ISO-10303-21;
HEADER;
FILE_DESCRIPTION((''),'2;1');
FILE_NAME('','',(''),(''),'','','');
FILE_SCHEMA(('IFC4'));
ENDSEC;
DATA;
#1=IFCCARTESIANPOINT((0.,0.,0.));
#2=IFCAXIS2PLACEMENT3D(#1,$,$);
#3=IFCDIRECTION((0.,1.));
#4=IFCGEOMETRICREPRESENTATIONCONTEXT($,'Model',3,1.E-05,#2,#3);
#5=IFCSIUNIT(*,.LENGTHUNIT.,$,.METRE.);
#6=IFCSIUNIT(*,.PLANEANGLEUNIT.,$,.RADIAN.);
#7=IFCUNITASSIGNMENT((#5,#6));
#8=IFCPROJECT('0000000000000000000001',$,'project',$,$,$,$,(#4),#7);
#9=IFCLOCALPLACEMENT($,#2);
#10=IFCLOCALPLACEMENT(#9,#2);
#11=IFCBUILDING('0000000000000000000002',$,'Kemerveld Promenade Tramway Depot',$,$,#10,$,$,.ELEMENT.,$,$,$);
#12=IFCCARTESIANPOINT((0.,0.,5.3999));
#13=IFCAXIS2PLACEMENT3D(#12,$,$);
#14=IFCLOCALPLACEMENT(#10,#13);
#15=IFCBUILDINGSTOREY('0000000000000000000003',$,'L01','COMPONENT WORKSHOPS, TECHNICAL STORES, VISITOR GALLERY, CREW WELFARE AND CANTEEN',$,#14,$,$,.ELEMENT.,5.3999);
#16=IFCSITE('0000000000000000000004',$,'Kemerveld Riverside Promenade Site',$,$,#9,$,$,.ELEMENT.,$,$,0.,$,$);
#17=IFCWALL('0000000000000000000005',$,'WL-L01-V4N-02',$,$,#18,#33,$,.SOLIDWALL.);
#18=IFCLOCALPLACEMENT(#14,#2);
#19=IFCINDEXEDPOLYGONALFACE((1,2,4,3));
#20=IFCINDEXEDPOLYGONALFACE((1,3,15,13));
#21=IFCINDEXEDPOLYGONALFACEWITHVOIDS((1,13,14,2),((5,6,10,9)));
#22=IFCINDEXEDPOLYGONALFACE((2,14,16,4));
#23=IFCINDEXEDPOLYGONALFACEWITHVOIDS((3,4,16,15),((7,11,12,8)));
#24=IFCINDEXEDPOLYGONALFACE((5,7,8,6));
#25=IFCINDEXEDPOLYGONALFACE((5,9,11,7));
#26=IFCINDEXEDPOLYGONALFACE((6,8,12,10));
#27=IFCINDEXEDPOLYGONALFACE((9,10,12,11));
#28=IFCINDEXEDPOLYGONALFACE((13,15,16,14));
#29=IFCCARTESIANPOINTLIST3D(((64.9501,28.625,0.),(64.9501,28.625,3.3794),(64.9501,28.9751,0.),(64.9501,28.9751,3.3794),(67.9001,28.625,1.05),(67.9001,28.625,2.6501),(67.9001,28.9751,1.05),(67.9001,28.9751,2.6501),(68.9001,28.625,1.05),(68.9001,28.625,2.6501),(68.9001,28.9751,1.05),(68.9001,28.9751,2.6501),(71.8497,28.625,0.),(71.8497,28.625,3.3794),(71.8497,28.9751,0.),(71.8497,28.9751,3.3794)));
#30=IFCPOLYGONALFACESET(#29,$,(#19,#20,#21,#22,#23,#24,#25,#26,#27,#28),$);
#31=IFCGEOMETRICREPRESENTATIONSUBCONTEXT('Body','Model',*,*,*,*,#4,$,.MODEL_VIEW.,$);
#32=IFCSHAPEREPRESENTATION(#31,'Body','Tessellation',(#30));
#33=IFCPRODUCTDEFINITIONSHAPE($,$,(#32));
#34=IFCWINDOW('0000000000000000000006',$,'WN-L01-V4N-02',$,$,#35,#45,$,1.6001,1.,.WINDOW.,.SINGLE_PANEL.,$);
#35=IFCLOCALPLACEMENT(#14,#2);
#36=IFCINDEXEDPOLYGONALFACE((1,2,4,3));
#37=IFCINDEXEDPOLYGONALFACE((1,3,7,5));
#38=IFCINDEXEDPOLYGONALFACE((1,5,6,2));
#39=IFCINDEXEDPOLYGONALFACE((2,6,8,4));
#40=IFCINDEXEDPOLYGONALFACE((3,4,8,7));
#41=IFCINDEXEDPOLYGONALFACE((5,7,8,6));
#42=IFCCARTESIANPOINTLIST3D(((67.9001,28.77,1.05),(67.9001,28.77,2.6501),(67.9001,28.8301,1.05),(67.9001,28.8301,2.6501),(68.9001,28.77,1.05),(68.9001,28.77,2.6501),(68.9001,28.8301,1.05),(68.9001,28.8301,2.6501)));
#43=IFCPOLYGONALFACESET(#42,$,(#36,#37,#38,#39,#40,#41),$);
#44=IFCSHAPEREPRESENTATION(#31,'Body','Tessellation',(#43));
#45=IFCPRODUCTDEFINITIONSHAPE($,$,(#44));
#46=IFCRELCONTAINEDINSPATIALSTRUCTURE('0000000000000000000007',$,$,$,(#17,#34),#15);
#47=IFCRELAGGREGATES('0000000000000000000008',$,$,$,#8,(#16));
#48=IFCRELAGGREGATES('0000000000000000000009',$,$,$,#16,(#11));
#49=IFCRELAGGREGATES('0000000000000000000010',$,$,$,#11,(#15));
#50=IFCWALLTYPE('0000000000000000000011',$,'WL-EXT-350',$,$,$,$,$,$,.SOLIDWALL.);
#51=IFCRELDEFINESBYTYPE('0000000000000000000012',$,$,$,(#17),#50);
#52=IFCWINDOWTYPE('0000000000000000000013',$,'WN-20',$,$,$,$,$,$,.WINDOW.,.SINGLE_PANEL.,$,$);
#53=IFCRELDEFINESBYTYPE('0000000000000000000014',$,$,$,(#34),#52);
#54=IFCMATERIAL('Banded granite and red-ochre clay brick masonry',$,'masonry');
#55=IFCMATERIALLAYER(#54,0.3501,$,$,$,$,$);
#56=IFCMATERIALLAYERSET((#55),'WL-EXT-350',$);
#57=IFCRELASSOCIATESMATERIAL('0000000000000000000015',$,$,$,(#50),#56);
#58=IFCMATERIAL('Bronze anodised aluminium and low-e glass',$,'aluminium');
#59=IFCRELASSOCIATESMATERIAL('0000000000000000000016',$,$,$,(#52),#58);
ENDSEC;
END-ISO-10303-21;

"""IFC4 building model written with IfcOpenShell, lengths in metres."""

from ifc_helpers import new_model, si_unit, direction, frame, frame_2d, origin, place, context, subcontext, project, spatial, rectangle, extrude, material, layer, layer_set, type_object, element, fill, save


model = new_model("IFC4")

# Units and contexts
model_context = context("Model", 3, precision=1e-05, world=origin(), true_north=direction((0.0, 1.0)))
body_context = subcontext(model_context, "Body", "Model", "MODEL_VIEW")
ifc_project = project(units=[si_unit("LENGTHUNIT", "METRE"), si_unit("PLANEANGLEUNIT", "RADIAN")], contexts=[model_context])

# Site, building, storey
site_placement = place(None, origin())
site = spatial("IfcSite", under=ifc_project, at=site_placement, Name="Kemerveld Riverside Promenade Site", CompositionType="ELEMENT", RefElevation=0.0)
building_placement = place(site_placement, origin())
building = spatial("IfcBuilding", under=site, at=building_placement, Name="Kemerveld Promenade Tramway Depot", CompositionType="ELEMENT")
storey_placement = place(building_placement, frame((0.0, 0.0, 5.3999)))
storey = spatial("IfcBuildingStorey", under=building, at=storey_placement, Name="L01", Description="COMPONENT WORKSHOPS, TECHNICAL STORES, VISITOR GALLERY, CREW WELFARE AND CANTEEN", CompositionType="ELEMENT", Elevation=5.3999)

# Wall, opening, window
ifc_material_1 = material(Name="Banded granite and red-ochre clay brick masonry", Category="masonry")
ifc_layer_1 = layer(ifc_material_1, 0.3501)
ifc_layer_set_1 = layer_set([ifc_layer_1], Name="WL-EXT-350")
wall_type = type_object("IfcWallType", Name="WL-EXT-350", PredefinedType="SOLIDWALL", material=ifc_layer_set_1)
wall_placement = place(storey_placement, frame((64.9502, 28.8, 0.0), z_axis=(0.0, 0.0, 1.0), x_axis=(1.0, 0.0, 0.0)))
wall = element("IfcWall", 1, at=wall_placement, inside=storey, type_object=wall_type, Name="WL-L01-V4N-02", PredefinedType="SOLIDWALL", context=body_context, shape_type="SweptSolid", body=[
    extrude(rectangle(XDim=6.8997, YDim=0.3501, at=frame_2d((3.4497, 0.0))), origin(), (0.0, 0.0, 1.0), 3.3794),
])
opening_placement = place(wall_placement, frame((2.95, 0.0, 1.05)))
opening = element("IfcOpeningElement", 2, at=opening_placement, cuts=wall, PredefinedType="OPENING", context=body_context, shape_type="SweptSolid", body=[
    extrude(rectangle(XDim=1.0, YDim=1.6001, at=frame_2d((0.5, 0.8))), frame((0.0, 0.1851, 0.0), z_axis=(0.0, -1.0, 0.0), x_axis=(1.0, 0.0, 0.0)), (0.0, 0.0, 1.0), 0.3701),
])
ifc_material_2 = material(Name="Bronze anodised aluminium and low-e glass", Category="aluminium")
window_type = type_object("IfcWindowType", Name="WN-20", PartitioningType="SINGLE_PANEL", PredefinedType="WINDOW", material=ifc_material_2)
window_placement = place(opening_placement, origin())
window = element("IfcWindow", 3, at=window_placement, inside=storey, type_object=window_type, Name="WN-L01-V4N-02", OverallHeight=1.6001, OverallWidth=1.0, PartitioningType="SINGLE_PANEL", PredefinedType="WINDOW", context=body_context, shape_type="SweptSolid", body=[
    extrude(rectangle(XDim=1.0, YDim=1.6001, at=frame_2d((0.5, 0.8))), frame((0.0, 0.03, 0.0), z_axis=(0.0, -1.0, 0.0), x_axis=(1.0, 0.0, 0.0)), (0.0, 0.0, 1.0), 0.0601),
])
fill(opening, window)

save(model, "model.ifc")
